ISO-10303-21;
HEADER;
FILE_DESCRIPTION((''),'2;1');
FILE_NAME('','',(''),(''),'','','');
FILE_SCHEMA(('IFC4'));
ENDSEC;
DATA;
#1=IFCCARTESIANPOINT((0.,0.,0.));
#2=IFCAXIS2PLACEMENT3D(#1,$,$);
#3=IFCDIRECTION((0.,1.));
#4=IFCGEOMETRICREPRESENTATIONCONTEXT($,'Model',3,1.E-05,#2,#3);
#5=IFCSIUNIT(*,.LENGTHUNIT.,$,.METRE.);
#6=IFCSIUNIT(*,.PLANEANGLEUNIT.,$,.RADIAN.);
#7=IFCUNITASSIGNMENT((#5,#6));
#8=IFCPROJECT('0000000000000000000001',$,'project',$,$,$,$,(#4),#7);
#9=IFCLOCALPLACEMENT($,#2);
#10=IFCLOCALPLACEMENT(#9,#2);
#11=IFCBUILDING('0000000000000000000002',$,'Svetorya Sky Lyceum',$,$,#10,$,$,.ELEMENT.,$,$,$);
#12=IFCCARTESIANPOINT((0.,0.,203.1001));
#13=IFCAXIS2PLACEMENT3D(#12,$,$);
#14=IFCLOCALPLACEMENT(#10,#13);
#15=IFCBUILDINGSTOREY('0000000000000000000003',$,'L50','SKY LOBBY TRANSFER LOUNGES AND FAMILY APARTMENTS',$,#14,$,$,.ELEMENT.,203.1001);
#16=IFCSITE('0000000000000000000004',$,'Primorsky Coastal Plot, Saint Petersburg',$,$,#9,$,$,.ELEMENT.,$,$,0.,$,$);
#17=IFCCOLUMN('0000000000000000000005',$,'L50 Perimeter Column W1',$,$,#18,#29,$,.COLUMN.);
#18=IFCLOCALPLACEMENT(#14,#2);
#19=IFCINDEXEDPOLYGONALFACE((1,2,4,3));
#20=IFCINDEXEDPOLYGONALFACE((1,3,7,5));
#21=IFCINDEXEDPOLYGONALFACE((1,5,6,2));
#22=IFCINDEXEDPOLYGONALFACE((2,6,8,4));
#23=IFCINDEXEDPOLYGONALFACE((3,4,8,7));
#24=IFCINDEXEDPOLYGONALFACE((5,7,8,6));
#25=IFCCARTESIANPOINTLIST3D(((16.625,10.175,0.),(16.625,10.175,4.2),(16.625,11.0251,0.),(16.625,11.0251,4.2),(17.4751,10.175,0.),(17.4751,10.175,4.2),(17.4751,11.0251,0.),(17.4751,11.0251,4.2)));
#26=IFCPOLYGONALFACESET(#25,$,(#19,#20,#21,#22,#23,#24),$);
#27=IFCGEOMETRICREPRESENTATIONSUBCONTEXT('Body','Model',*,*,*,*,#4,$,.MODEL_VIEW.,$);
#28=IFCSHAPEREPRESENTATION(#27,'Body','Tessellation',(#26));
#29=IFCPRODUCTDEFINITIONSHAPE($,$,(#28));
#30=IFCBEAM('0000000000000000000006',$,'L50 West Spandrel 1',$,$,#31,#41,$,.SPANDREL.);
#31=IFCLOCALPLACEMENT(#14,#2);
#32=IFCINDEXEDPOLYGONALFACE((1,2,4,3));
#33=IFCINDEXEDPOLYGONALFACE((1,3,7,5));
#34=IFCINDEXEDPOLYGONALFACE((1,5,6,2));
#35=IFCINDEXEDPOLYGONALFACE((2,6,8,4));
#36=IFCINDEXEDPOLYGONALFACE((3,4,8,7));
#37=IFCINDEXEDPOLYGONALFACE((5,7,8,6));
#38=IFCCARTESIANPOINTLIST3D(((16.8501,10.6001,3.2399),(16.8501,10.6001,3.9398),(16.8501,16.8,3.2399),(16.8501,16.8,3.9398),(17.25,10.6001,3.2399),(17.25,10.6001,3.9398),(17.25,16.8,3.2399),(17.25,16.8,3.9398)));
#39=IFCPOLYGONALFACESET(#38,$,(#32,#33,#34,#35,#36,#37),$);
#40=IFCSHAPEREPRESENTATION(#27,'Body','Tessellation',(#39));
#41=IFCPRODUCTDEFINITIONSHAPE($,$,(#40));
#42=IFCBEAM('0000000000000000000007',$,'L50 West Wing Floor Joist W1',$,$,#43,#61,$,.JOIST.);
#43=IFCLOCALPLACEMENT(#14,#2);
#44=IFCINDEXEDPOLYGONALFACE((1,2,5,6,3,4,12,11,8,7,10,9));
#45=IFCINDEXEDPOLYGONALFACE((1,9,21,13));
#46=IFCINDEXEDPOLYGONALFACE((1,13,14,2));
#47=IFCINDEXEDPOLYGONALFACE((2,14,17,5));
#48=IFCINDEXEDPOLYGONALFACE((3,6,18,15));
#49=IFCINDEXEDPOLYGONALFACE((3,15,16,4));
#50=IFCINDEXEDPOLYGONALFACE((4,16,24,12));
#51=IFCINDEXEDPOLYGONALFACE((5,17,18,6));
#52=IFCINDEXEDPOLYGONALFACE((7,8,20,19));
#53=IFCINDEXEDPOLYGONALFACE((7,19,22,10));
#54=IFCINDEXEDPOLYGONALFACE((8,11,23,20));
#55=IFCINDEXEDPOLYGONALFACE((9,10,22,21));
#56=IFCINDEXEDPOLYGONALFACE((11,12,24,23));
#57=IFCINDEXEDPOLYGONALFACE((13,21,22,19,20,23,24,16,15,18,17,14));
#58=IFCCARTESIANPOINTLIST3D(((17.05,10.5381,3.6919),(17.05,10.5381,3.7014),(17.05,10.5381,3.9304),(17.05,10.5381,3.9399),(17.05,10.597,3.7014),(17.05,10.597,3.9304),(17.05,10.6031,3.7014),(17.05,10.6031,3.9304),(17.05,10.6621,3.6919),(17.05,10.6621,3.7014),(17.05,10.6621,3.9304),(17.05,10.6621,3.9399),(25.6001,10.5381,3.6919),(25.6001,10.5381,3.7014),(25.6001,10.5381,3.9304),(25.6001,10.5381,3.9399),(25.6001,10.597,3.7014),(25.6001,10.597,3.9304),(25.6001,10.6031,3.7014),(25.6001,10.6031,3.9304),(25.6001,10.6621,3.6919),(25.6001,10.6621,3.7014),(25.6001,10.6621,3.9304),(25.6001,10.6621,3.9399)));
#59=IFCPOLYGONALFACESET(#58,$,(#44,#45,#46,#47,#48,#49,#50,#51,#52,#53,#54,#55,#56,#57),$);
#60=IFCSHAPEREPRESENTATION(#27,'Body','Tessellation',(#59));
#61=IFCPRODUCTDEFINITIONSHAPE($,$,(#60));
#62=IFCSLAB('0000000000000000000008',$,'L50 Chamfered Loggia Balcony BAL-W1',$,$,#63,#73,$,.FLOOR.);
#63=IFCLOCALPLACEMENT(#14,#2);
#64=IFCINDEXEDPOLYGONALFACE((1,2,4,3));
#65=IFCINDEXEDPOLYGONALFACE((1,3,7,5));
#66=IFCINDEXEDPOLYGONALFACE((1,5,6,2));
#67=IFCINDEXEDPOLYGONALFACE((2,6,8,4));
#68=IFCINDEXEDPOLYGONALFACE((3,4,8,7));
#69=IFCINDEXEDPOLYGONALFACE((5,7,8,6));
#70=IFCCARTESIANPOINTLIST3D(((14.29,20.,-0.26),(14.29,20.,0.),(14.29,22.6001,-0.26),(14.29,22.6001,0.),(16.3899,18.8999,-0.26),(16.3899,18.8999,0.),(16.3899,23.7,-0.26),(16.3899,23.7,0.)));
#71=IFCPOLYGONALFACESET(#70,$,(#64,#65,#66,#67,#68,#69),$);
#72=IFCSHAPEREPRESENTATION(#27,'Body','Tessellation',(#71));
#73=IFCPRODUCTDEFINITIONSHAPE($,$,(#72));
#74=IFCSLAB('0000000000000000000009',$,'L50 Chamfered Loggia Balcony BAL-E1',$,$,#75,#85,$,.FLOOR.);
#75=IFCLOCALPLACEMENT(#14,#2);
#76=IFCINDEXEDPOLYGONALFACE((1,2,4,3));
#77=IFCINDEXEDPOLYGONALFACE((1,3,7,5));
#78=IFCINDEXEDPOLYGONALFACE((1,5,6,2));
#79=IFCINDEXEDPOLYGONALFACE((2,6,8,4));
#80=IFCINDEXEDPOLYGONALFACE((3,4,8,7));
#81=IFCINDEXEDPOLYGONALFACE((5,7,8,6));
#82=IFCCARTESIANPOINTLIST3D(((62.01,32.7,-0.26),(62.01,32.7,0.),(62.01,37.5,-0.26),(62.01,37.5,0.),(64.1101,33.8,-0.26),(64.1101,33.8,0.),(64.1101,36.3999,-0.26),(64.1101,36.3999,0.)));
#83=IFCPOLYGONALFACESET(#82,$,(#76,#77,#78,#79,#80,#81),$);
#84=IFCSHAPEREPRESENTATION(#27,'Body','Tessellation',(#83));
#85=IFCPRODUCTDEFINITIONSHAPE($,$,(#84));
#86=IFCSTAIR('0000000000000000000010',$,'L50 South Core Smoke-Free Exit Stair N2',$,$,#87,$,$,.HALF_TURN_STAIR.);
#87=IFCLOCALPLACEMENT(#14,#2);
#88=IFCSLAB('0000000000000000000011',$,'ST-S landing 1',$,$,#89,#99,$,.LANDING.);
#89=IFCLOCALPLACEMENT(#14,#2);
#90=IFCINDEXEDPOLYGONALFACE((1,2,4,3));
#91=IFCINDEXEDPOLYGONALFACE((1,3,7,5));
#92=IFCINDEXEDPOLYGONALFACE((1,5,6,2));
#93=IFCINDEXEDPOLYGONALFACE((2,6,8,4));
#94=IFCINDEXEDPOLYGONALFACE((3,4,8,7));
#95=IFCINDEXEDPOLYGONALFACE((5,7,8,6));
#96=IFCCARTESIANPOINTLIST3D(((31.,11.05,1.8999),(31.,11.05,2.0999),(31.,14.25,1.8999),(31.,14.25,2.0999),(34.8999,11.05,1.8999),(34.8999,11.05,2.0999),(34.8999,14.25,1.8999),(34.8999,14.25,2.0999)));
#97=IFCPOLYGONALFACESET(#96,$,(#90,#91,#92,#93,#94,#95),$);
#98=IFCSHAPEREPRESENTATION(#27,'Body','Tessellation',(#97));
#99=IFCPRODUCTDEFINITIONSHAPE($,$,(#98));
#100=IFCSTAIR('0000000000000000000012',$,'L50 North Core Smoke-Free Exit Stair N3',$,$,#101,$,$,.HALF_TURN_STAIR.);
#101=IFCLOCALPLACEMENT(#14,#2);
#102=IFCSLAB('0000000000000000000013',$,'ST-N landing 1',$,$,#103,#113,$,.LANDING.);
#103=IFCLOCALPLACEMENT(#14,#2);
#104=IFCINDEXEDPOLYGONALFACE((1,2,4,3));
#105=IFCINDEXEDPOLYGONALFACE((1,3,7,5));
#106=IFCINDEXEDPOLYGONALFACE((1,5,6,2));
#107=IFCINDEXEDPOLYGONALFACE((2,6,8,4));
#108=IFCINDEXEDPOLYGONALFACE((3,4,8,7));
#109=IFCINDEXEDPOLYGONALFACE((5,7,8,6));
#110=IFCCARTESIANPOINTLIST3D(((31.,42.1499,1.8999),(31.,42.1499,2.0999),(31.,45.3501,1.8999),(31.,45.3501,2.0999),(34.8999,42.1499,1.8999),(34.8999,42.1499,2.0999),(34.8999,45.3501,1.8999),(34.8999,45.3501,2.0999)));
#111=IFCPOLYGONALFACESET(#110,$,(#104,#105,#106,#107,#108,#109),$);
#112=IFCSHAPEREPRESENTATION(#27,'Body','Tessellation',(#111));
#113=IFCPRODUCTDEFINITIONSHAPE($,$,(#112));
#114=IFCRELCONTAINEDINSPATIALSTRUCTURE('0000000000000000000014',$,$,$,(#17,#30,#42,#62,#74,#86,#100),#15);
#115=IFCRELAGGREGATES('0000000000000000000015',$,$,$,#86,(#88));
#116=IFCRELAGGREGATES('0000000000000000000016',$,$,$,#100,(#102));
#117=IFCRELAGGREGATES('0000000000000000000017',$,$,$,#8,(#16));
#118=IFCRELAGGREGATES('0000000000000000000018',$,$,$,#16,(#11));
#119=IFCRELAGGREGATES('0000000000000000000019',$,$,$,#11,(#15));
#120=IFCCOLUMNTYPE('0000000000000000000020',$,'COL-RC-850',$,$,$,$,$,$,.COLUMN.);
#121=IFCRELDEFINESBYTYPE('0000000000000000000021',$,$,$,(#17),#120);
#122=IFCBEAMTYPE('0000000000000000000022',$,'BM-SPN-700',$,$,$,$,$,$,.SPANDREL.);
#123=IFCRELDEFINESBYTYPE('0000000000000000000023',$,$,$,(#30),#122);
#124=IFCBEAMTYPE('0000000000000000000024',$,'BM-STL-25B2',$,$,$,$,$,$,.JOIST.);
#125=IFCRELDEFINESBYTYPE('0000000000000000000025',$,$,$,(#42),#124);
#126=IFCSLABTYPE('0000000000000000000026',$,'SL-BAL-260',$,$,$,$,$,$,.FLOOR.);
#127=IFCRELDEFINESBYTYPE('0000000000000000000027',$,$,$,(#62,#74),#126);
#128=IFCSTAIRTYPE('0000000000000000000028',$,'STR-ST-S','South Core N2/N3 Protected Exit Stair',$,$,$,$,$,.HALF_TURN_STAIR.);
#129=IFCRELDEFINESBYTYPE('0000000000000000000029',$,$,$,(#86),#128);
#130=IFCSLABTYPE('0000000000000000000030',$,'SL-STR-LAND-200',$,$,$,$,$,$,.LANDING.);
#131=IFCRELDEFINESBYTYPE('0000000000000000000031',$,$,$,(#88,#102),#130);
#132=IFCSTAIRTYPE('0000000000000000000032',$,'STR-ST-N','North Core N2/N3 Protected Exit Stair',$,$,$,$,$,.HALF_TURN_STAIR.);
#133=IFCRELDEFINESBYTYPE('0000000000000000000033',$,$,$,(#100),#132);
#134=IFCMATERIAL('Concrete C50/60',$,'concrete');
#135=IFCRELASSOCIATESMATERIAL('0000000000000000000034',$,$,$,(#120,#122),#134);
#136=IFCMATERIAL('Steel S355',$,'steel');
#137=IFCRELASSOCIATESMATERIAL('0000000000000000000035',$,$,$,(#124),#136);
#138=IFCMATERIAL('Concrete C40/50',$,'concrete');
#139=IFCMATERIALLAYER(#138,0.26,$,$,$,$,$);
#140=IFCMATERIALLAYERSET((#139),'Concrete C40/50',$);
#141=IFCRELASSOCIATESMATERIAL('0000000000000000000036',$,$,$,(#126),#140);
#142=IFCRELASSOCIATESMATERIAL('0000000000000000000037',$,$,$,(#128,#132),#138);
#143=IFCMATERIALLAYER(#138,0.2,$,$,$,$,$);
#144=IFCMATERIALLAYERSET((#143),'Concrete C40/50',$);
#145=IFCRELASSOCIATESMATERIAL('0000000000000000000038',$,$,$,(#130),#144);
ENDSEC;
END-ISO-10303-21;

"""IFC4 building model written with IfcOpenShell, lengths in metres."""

from ifc_helpers import new_model, si_unit, direction, frame, origin, origin_2d, place, context, subcontext, project, spatial, polyline, rectangle, i_section, outline, extrude, material, layer, layer_set, material_profile, profile_set, type_object, element, aggregate, save


model = new_model("IFC4")

# Units and contexts
model_context = context("Model", 3, precision=1e-05, world=origin(), true_north=direction((0.0, 1.0)))
body_context = subcontext(model_context, "Body", "Model", "MODEL_VIEW")
ifc_project = project(units=[si_unit("LENGTHUNIT", "METRE"), si_unit("PLANEANGLEUNIT", "RADIAN")], contexts=[model_context])

# Site, building, storey
site_placement = place(None, origin())
site = spatial("IfcSite", under=ifc_project, at=site_placement, Name="Primorsky Coastal Plot, Saint Petersburg", CompositionType="ELEMENT", RefElevation=0.0)
building_placement = place(site_placement, origin())
building = spatial("IfcBuilding", under=site, at=building_placement, Name="Svetorya Sky Lyceum", CompositionType="ELEMENT")
storey_placement = place(building_placement, frame((0.0, 0.0, 203.1001)))
storey = spatial("IfcBuildingStorey", under=building, at=storey_placement, Name="L50", Description="SKY LOBBY TRANSFER LOUNGES AND FAMILY APARTMENTS", CompositionType="ELEMENT", Elevation=203.1001)

# Column
ifc_material_1 = material(Name="Concrete C50/60", Category="concrete")
ifc_material_profile_1 = material_profile(ifc_material_1, rectangle(XDim=0.8501, YDim=0.8501, at=origin_2d()), Name="RC COL 850x850")
ifc_profile_set_1 = profile_set([ifc_material_profile_1], Name="Concrete C50/60")
column_type = type_object("IfcColumnType", Name="COL-RC-850", PredefinedType="COLUMN", material=ifc_profile_set_1)
column_placement = place(storey_placement, frame((17.05, 10.6001, 0.0), z_axis=(0.0, 0.0, 1.0), x_axis=(1.0, 0.0, 0.0)))
element("IfcColumn", 1, at=column_placement, inside=storey, type_object=column_type, Name="L50 Perimeter Column W1", PredefinedType="COLUMN", context=body_context, shape_type="SweptSolid", body=[
    extrude(rectangle(XDim=0.8501, YDim=0.8501, at=origin_2d()), origin(), (0.0, 0.0, 1.0), 4.2),
])

# Beams
ifc_material_profile_2 = material_profile(ifc_material_1, rectangle(XDim=0.3999, YDim=0.7, at=origin_2d()), Name="RC SPANDREL 400x700")
ifc_profile_set_2 = profile_set([ifc_material_profile_2], Name="Concrete C50/60")
beam_type_1 = type_object("IfcBeamType", Name="BM-SPN-700", PredefinedType="SPANDREL", material=ifc_profile_set_2)
beam_1_placement = place(storey_placement, frame((17.05, 10.6001, 3.5898), z_axis=(0.0, 1.0, 0.0), x_axis=(-1.0, 0.0, 0.0)))
element("IfcBeam", 2, at=beam_1_placement, inside=storey, type_object=beam_type_1, Name="L50 West Spandrel 1", PredefinedType="SPANDREL", context=body_context, shape_type="SweptSolid", body=[
    extrude(rectangle(XDim=0.3999, YDim=0.7, at=origin_2d()), origin(), (0.0, 0.0, 1.0), 6.2),
])
ifc_material_2 = material(Name="Steel S355", Category="steel")
ifc_material_profile_3 = material_profile(ifc_material_2, i_section(OverallWidth=0.124, OverallDepth=0.248, WebThickness=0.0061, FlangeThickness=0.0095, at=origin_2d()), Name="GOST 25B2")
ifc_profile_set_3 = profile_set([ifc_material_profile_3], Name="Steel S355")
beam_type_2 = type_object("IfcBeamType", Name="BM-STL-25B2", PredefinedType="JOIST", material=ifc_profile_set_3)
beam_2_placement = place(storey_placement, frame((17.05, 10.6001, 3.8159), z_axis=(1.0, 0.0, 0.0), x_axis=(0.0, 1.0, 0.0)))
element("IfcBeam", 3, at=beam_2_placement, inside=storey, type_object=beam_type_2, Name="L50 West Wing Floor Joist W1", PredefinedType="JOIST", context=body_context, shape_type="SweptSolid", body=[
    extrude(i_section(OverallWidth=0.124, OverallDepth=0.248, WebThickness=0.0061, FlangeThickness=0.0095, at=origin_2d()), origin(), (0.0, 0.0, 1.0), 8.55),
])

# Slabs
ifc_material_3 = material(Name="Concrete C40/50", Category="concrete")
ifc_layer_1 = layer(ifc_material_3, 0.26)
ifc_layer_set_1 = layer_set([ifc_layer_1], Name="Concrete C40/50")
slab_type_1 = type_object("IfcSlabType", Name="SL-BAL-260", PredefinedType="FLOOR", material=ifc_layer_set_1)
slab_1_placement = place(storey_placement, frame((0.0, 0.0, -0.26)))
element("IfcSlab", 4, at=slab_1_placement, inside=storey, type_object=slab_type_1, Name="L50 Chamfered Loggia Balcony BAL-W1", PredefinedType="FLOOR", context=body_context, shape_type="SweptSolid", body=[
    extrude(outline(polyline([(16.3899, 18.8999), (16.3899, 23.7), (14.29, 22.6001), (14.29, 20.0), (16.3899, 18.8999)])), origin(), (0.0, 0.0, 1.0), 0.26),
])
slab_2_placement = place(storey_placement, frame((0.0, 0.0, -0.26)))
element("IfcSlab", 5, at=slab_2_placement, inside=storey, type_object=slab_type_1, Name="L50 Chamfered Loggia Balcony BAL-E1", PredefinedType="FLOOR", context=body_context, shape_type="SweptSolid", body=[
    extrude(outline(polyline([(62.01, 32.7), (64.1101, 33.8), (64.1101, 36.3999), (62.01, 37.5), (62.01, 32.7)])), origin(), (0.0, 0.0, 1.0), 0.26),
])

# Stairs, slabs
stair_type_1 = type_object("IfcStairType", Name="STR-ST-S", Description="South Core N2/N3 Protected Exit Stair", PredefinedType="HALF_TURN_STAIR", material=ifc_material_3)
stair_1_placement = place(storey_placement, origin())
stair_1 = element("IfcStair", 6, at=stair_1_placement, inside=storey, type_object=stair_type_1, Name="L50 South Core Smoke-Free Exit Stair N2", PredefinedType="HALF_TURN_STAIR")
ifc_layer_2 = layer(ifc_material_3, 0.2)
ifc_layer_set_2 = layer_set([ifc_layer_2], Name="Concrete C40/50")
slab_type_2 = type_object("IfcSlabType", Name="SL-STR-LAND-200", PredefinedType="LANDING", material=ifc_layer_set_2)
slab_3_placement = place(storey_placement, frame((0.0, 0.0, 1.8999)))
slab_3 = element("IfcSlab", 7, at=slab_3_placement, type_object=slab_type_2, Name="ST-S landing 1", PredefinedType="LANDING", context=body_context, shape_type="SweptSolid", body=[
    extrude(outline(polyline([(31.0, 11.05), (34.8999, 11.05), (34.8999, 14.25), (31.0, 14.25), (31.0, 11.05)])), origin(), (0.0, 0.0, 1.0), 0.2),
])
aggregate(stair_1, [slab_3])
stair_type_2 = type_object("IfcStairType", Name="STR-ST-N", Description="North Core N2/N3 Protected Exit Stair", PredefinedType="HALF_TURN_STAIR", material=ifc_material_3)
stair_2_placement = place(storey_placement, origin())
stair_2 = element("IfcStair", 8, at=stair_2_placement, inside=storey, type_object=stair_type_2, Name="L50 North Core Smoke-Free Exit Stair N3", PredefinedType="HALF_TURN_STAIR")
slab_4_placement = place(storey_placement, frame((0.0, 0.0, 1.8999)))
slab_4 = element("IfcSlab", 9, at=slab_4_placement, type_object=slab_type_2, Name="ST-N landing 1", PredefinedType="LANDING", context=body_context, shape_type="SweptSolid", body=[
    extrude(outline(polyline([(31.0, 42.1499), (34.8999, 42.1499), (34.8999, 45.3501), (31.0, 45.3501), (31.0, 42.1499)])), origin(), (0.0, 0.0, 1.0), 0.2),
])
aggregate(stair_2, [slab_4])

save(model, "model.ifc")
